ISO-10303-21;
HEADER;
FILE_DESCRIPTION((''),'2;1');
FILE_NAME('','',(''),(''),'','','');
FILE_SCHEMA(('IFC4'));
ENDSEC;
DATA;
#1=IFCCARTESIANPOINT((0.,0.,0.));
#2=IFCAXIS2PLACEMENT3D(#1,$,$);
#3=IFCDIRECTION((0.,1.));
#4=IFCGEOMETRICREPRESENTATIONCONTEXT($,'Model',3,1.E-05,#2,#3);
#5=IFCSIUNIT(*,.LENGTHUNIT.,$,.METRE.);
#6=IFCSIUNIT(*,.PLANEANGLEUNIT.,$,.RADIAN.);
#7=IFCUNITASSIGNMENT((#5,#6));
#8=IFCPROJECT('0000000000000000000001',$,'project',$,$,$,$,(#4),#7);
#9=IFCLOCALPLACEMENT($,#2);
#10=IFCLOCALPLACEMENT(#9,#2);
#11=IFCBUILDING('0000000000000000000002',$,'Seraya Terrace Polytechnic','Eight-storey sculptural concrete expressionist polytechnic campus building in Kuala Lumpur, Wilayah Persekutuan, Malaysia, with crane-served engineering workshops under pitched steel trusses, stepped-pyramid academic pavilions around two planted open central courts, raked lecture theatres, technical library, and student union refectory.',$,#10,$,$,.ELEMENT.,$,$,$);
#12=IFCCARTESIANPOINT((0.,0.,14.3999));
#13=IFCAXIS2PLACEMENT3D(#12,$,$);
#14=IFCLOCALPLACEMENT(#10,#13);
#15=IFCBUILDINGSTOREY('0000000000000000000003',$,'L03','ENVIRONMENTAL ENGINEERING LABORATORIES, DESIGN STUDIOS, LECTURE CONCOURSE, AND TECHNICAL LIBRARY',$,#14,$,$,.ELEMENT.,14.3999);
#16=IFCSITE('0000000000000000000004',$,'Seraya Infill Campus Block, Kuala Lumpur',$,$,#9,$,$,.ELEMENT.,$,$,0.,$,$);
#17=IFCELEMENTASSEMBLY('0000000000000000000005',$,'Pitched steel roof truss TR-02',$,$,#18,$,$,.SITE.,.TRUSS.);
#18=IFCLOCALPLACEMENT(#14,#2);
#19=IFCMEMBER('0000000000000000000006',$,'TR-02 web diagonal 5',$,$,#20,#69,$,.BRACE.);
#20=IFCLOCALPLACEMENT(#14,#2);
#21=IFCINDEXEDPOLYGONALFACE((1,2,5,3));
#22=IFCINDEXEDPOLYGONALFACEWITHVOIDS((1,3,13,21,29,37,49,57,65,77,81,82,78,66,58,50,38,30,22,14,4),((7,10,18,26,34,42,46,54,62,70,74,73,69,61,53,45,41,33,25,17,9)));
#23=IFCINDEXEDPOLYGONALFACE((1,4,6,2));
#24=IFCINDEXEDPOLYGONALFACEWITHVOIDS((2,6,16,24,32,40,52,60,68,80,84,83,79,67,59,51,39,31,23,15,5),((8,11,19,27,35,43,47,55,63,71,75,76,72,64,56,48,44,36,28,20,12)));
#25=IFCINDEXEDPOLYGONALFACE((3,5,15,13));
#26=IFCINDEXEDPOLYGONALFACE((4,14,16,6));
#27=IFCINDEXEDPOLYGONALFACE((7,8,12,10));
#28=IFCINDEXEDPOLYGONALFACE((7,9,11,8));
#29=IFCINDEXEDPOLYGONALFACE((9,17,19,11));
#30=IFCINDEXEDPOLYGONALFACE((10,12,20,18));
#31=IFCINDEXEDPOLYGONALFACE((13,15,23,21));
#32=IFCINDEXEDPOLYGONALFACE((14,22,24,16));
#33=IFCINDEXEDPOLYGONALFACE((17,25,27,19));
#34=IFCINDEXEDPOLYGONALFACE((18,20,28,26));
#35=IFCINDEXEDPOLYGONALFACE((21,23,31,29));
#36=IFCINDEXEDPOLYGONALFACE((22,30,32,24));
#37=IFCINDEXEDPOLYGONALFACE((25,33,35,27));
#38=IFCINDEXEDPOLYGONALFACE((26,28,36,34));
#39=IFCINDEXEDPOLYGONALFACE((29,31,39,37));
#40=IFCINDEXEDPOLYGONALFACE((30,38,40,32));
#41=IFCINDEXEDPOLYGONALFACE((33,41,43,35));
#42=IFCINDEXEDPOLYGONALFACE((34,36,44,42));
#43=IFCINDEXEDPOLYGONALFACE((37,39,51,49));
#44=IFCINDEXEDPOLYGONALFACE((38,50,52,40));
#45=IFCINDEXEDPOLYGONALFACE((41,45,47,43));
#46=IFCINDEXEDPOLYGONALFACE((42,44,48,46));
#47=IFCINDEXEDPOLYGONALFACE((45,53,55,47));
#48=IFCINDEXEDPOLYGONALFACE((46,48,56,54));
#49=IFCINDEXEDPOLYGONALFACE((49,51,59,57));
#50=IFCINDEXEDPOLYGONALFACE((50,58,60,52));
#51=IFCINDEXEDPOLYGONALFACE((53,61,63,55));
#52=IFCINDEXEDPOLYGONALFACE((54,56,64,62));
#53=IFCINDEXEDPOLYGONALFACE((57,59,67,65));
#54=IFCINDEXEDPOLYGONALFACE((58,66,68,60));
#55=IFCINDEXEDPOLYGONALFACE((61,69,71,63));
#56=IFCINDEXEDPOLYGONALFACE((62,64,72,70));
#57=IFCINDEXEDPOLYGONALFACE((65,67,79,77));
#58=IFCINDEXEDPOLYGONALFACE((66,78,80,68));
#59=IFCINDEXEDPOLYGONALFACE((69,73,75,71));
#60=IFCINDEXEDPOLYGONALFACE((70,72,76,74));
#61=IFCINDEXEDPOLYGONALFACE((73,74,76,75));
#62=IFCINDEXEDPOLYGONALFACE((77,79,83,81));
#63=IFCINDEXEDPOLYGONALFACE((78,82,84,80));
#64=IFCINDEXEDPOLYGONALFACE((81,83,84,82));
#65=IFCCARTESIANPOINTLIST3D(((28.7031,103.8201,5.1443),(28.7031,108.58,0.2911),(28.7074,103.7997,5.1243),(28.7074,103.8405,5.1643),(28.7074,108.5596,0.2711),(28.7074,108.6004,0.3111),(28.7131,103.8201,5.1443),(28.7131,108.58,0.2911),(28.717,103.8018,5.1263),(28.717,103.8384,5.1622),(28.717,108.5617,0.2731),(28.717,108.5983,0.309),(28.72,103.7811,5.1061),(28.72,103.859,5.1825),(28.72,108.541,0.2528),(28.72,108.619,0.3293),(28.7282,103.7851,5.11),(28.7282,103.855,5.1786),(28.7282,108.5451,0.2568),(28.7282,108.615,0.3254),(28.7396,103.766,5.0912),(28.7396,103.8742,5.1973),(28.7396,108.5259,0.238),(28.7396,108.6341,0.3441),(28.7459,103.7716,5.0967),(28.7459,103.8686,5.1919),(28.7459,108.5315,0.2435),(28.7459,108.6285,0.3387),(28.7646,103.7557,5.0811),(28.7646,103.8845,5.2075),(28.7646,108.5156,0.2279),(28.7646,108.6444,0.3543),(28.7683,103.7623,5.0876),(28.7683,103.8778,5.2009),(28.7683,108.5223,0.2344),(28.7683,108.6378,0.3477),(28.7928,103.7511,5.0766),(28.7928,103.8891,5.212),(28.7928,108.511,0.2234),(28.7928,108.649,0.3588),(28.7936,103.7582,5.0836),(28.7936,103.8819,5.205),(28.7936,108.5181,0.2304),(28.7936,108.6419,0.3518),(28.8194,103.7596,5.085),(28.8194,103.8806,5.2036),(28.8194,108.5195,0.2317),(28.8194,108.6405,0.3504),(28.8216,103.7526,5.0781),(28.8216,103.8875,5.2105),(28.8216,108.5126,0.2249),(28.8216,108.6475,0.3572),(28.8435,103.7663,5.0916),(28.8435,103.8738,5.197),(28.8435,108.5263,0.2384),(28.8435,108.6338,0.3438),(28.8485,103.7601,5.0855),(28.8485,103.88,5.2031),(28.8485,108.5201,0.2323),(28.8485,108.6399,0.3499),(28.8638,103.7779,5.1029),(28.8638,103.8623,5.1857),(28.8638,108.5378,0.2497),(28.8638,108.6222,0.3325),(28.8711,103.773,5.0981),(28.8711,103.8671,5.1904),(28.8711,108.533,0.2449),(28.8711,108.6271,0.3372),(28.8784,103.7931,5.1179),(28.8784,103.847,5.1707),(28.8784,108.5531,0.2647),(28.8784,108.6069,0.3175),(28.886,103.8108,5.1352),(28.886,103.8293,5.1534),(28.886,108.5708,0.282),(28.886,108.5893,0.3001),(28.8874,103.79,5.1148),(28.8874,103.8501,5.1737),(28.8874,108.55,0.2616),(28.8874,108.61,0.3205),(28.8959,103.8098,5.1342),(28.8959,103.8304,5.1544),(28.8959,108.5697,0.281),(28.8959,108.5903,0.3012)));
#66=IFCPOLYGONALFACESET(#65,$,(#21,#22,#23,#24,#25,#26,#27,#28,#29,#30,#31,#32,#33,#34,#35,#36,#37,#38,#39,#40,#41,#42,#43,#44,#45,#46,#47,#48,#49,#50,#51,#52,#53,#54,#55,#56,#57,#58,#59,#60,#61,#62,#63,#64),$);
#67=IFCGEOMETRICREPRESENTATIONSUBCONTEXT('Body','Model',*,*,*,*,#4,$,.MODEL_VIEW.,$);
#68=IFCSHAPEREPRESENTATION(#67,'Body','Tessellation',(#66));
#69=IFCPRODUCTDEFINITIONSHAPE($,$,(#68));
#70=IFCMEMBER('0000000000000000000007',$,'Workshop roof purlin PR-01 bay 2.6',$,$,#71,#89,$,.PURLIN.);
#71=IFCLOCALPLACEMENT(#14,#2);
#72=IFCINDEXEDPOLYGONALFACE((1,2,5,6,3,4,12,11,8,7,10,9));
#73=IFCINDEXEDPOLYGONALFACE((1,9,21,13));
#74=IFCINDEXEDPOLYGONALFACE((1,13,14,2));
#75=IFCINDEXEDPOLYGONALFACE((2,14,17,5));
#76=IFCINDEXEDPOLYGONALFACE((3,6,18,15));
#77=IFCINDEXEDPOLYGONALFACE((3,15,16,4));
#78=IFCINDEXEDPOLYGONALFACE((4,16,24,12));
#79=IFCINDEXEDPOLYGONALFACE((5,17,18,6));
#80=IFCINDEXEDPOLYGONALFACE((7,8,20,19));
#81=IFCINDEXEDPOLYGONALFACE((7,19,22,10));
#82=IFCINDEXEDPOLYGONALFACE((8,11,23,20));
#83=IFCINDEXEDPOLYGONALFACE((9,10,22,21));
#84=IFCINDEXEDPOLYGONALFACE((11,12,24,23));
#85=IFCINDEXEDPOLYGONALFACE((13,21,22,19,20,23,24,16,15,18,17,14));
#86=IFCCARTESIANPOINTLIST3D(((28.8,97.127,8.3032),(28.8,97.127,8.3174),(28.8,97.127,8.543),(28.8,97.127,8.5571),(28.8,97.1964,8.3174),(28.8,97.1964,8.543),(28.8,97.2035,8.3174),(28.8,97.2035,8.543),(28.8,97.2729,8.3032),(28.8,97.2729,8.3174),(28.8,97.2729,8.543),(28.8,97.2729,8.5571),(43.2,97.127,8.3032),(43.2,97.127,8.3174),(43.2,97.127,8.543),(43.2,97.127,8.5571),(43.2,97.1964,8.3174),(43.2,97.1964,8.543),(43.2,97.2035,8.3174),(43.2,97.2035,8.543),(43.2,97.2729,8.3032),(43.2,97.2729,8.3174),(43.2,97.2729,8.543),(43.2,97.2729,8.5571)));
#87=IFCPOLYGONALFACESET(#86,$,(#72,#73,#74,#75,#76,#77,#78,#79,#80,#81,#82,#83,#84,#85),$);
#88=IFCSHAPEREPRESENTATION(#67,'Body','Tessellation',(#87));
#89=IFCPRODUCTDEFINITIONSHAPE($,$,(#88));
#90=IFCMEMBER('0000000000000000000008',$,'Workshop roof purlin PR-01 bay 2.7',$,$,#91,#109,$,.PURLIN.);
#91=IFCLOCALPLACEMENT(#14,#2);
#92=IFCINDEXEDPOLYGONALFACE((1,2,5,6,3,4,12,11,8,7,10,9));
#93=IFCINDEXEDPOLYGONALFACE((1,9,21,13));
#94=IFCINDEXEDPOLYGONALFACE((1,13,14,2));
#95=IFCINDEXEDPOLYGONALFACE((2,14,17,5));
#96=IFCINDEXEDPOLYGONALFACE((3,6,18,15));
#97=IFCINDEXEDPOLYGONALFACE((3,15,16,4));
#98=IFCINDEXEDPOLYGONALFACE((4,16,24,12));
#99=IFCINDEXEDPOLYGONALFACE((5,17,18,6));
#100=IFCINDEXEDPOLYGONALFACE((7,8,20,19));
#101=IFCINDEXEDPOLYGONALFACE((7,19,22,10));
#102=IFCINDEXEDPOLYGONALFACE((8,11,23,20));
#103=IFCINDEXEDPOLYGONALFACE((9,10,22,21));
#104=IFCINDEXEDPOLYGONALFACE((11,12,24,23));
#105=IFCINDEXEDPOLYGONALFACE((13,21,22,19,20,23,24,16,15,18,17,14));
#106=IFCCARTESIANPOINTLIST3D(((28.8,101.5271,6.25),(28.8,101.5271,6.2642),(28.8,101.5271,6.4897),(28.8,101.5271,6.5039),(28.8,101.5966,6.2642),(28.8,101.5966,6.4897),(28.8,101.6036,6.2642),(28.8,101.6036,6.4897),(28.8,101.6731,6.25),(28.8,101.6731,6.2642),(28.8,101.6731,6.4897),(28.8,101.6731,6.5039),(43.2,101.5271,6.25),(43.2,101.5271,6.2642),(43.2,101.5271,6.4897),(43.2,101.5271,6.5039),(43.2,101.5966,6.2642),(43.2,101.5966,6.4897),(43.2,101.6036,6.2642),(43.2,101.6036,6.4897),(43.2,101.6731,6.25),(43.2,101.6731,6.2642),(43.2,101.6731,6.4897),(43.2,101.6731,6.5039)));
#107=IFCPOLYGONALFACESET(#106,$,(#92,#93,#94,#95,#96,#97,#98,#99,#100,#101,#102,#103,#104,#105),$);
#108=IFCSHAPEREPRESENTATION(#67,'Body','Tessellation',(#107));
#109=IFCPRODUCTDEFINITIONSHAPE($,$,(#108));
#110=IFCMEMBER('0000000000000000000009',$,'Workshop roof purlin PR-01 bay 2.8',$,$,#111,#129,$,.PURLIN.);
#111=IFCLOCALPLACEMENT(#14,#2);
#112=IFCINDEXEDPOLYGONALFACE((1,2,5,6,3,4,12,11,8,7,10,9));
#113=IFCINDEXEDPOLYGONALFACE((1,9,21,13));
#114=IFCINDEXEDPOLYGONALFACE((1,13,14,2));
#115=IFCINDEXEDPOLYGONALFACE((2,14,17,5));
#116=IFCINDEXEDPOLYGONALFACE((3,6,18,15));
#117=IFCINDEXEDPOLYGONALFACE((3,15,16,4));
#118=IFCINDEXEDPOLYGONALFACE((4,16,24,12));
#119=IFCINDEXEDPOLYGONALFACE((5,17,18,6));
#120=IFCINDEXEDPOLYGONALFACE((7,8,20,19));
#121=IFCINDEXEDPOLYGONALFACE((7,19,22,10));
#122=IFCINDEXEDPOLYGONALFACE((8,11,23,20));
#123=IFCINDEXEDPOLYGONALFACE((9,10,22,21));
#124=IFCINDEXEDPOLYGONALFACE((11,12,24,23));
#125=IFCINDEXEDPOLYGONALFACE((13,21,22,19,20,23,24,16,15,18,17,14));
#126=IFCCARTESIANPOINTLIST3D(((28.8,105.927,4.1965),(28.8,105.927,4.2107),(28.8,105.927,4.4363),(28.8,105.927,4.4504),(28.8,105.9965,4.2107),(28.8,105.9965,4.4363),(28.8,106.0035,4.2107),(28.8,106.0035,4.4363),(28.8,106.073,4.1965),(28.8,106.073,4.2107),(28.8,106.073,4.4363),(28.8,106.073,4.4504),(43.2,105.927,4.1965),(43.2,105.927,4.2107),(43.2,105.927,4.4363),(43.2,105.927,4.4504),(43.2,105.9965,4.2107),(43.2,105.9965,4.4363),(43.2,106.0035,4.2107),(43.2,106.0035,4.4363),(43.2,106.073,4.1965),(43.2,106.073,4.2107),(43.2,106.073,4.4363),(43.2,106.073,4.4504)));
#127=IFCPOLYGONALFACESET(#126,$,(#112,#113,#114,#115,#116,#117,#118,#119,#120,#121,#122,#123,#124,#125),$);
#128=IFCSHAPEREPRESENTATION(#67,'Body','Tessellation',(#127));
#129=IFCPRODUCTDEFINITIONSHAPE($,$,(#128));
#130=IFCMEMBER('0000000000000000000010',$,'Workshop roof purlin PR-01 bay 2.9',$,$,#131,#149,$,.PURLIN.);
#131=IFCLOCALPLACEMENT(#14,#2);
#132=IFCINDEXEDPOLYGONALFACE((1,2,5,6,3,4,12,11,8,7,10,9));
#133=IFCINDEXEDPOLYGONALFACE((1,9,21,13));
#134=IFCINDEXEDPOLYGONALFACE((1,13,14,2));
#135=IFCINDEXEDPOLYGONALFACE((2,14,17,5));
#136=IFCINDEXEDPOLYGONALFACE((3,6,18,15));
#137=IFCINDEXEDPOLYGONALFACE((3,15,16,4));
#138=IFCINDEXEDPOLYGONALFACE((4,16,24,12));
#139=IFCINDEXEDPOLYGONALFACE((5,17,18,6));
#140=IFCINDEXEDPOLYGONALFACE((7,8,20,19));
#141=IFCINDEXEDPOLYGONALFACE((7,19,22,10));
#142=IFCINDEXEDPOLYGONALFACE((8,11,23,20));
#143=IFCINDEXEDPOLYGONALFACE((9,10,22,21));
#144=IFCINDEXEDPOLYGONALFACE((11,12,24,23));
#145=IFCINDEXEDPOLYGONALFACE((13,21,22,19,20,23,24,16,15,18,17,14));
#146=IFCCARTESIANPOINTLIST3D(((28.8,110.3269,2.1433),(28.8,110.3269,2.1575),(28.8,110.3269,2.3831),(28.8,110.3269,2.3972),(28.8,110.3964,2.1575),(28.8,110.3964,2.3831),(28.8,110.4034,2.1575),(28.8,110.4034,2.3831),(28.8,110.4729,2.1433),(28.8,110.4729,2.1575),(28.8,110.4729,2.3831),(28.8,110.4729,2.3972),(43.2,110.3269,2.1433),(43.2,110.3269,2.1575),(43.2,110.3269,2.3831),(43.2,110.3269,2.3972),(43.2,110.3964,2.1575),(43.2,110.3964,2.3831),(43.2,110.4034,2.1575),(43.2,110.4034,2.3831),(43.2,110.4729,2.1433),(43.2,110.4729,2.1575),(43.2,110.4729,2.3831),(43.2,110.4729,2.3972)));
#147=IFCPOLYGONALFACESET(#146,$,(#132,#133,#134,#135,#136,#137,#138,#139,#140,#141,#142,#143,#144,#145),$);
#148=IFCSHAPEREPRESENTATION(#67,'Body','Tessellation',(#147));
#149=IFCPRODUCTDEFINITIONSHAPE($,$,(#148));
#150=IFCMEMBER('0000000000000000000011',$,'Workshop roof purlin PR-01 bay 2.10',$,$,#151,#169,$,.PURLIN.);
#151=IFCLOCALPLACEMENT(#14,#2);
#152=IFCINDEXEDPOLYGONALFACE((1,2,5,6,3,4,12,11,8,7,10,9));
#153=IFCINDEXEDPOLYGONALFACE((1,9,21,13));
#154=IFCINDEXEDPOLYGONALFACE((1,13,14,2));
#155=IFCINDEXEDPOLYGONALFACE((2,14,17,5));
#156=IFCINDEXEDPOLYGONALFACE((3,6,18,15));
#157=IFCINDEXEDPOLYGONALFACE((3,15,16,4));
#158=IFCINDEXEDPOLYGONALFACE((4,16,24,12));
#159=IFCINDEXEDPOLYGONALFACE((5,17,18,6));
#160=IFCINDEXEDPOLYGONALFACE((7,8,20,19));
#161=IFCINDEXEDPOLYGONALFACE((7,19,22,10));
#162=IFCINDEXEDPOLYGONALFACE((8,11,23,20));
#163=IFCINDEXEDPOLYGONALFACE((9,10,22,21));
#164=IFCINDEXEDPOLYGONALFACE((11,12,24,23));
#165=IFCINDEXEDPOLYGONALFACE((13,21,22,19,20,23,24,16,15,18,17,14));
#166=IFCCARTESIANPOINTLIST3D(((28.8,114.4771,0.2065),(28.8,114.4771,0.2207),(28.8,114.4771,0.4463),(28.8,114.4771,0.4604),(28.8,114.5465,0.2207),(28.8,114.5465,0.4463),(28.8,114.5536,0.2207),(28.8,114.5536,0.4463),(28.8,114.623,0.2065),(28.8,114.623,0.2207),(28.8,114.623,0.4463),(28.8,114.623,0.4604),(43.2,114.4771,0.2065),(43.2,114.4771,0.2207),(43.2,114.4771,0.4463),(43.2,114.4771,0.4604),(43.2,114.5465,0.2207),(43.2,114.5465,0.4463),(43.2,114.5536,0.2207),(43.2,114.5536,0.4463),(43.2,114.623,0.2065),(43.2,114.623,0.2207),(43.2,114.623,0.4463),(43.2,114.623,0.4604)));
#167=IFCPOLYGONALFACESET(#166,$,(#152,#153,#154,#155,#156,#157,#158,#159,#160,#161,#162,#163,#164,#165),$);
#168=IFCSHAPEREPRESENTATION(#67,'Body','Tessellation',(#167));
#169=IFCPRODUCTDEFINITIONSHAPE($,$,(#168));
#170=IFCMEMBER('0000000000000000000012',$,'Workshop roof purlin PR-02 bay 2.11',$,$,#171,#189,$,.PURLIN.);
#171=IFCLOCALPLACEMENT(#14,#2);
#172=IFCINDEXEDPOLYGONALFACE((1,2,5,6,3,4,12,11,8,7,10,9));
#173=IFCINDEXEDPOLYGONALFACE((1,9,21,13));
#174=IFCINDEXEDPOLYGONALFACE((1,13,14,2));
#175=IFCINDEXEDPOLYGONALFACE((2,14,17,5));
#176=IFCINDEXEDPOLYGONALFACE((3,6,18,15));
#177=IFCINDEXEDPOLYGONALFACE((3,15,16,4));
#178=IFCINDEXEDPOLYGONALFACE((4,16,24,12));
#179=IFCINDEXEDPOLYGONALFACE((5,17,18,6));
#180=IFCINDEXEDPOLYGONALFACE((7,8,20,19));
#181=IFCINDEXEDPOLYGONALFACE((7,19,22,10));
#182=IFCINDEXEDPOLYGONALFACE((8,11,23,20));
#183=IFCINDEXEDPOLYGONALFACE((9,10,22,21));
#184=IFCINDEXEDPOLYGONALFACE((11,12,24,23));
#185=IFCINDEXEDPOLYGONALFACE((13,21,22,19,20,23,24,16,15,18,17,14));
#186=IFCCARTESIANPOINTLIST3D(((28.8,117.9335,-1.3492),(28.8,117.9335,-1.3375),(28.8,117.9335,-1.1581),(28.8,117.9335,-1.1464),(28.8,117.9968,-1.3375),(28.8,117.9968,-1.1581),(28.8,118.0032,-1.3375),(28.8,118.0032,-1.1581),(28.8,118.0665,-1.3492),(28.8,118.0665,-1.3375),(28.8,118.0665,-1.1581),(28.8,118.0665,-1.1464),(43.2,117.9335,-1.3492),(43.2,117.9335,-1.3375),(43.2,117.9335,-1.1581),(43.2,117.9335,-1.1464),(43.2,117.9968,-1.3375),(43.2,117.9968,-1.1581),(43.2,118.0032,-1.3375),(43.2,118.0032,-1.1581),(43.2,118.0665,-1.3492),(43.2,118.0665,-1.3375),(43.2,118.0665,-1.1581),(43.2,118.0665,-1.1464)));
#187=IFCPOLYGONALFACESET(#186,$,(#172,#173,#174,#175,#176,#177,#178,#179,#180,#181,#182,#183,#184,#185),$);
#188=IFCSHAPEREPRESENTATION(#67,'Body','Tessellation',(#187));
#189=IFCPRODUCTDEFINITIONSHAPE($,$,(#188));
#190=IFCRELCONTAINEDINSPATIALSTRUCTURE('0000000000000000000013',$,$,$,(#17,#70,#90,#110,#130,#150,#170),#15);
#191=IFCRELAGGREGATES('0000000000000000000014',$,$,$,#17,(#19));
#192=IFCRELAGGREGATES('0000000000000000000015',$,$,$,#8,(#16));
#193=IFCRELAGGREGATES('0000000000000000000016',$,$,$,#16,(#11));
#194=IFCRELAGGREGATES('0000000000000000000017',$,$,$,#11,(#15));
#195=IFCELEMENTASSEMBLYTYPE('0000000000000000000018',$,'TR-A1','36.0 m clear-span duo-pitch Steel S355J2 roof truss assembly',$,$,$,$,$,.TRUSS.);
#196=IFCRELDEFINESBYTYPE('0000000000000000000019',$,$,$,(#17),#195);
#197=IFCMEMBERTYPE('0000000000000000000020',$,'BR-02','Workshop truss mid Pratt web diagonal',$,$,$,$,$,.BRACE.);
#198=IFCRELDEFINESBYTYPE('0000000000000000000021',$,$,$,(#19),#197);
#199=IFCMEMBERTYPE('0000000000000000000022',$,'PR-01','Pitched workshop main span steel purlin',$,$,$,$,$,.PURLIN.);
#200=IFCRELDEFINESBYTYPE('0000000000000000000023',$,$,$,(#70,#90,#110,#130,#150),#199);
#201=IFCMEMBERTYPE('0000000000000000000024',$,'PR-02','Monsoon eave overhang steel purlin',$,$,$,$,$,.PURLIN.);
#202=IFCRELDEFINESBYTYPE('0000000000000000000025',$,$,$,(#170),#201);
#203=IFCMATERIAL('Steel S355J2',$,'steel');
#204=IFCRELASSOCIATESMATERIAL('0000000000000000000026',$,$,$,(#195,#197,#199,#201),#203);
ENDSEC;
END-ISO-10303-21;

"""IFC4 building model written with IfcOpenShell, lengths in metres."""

from ifc_helpers import new_model, si_unit, direction, frame, origin, origin_2d, place, context, subcontext, project, spatial, hollow_circle, i_section, extrude, material, material_profile, profile_set, type_object, element, aggregate, save


model = new_model("IFC4")

# Units and contexts
model_context = context("Model", 3, precision=1e-05, world=origin(), true_north=direction((0.0, 1.0)))
body_context = subcontext(model_context, "Body", "Model", "MODEL_VIEW")
ifc_project = project(units=[si_unit("LENGTHUNIT", "METRE"), si_unit("PLANEANGLEUNIT", "RADIAN")], contexts=[model_context])

# Site, building, storey
site_placement = place(None, origin())
site = spatial("IfcSite", under=ifc_project, at=site_placement, Name="Seraya Infill Campus Block, Kuala Lumpur", CompositionType="ELEMENT", RefElevation=0.0)
building_placement = place(site_placement, origin())
building = spatial("IfcBuilding", under=site, at=building_placement, Name="Seraya Terrace Polytechnic", Description="Eight-storey sculptural concrete expressionist polytechnic campus building in Kuala Lumpur, Wilayah Persekutuan, Malaysia, with crane-served engineering workshops under pitched steel trusses, stepped-pyramid academic pavilions around two planted open central courts, raked lecture theatres, technical library, and student union refectory.", CompositionType="ELEMENT")
storey_placement = place(building_placement, frame((0.0, 0.0, 14.3999)))
storey = spatial("IfcBuildingStorey", under=building, at=storey_placement, Name="L03", Description="ENVIRONMENTAL ENGINEERING LABORATORIES, DESIGN STUDIOS, LECTURE CONCOURSE, AND TECHNICAL LIBRARY", CompositionType="ELEMENT", Elevation=14.3999)

# Element assembly, member
ifc_material_1 = material(Name="Steel S355J2", Category="steel")
element_assembly_type = type_object("IfcElementAssemblyType", Name="TR-A1", Description="36.0 m clear-span duo-pitch Steel S355J2 roof truss assembly", PredefinedType="TRUSS", material=ifc_material_1)
assembly_placement = place(storey_placement, origin())
assembly = element("IfcElementAssembly", 1, at=assembly_placement, inside=storey, type_object=element_assembly_type, Name="Pitched steel roof truss TR-02", AssemblyPlace="SITE", PredefinedType="TRUSS")
ifc_material_profile_1 = material_profile(ifc_material_1, hollow_circle(Radius=0.0969, WallThickness=0.01, at=origin_2d()), Name="CHS 193.7x10.0")
ifc_profile_set_1 = profile_set([ifc_material_profile_1], Name="Steel S355J2")
member_type_1 = type_object("IfcMemberType", Name="BR-02", Description="Workshop truss mid Pratt web diagonal", PredefinedType="BRACE", material=ifc_profile_set_1)
member_1_placement = place(storey_placement, frame((28.8, 103.8201, 5.1443), z_axis=(0.0, 0.700214, -0.713933), x_axis=(-1.0, 0.0, 0.0)))
member_1 = element("IfcMember", 2, at=member_1_placement, type_object=member_type_1, Name="TR-02 web diagonal 5", PredefinedType="BRACE", context=body_context, shape_type="SweptSolid", body=[
    extrude(hollow_circle(Radius=0.0969, WallThickness=0.01, at=origin_2d()), origin(), (0.0, 0.0, 1.0), 6.7979),
])

# Members
ifc_material_profile_2 = material_profile(ifc_material_1, i_section(OverallWidth=0.146, OverallDepth=0.2539, WebThickness=0.0071, FlangeThickness=0.0142, at=origin_2d()), Name="UKB 254x146x7.2x14.2")
ifc_profile_set_2 = profile_set([ifc_material_profile_2], Name="Steel S355J2")
member_type_2 = type_object("IfcMemberType", Name="PR-01", Description="Pitched workshop main span steel purlin", PredefinedType="PURLIN", material=ifc_profile_set_2)
for number, where, z_axis, x_axis, name in (
    (3, (28.8, 97.2, 8.4302), (1.0, 0.0, 0.0), (0.0, 1.0, 0.0), "Workshop roof purlin PR-01 bay 2.6"),
    (4, (28.8, 101.6001, 6.377), (1.0, 0.0, 0.0), (0.0, 1.0, 0.0), "Workshop roof purlin PR-01 bay 2.7"),
    (5, (28.8, 106.0, 4.3235), (1.0, 0.0, 0.0), (0.0, 1.0, 0.0), "Workshop roof purlin PR-01 bay 2.8"),
    (6, (28.8, 110.3999, 2.2703), (1.0, 0.0, 0.0), (0.0, 1.0, 0.0), "Workshop roof purlin PR-01 bay 2.9"),
    (7, (28.8, 114.55, 0.3335), (1.0, 0.0, 0.0), (0.0, 1.0, 0.0), "Workshop roof purlin PR-01 bay 2.10"),
):
    element("IfcMember", number, at=place(storey_placement, frame(where, z_axis=z_axis, x_axis=x_axis)), inside=storey, type_object=member_type_2, Name=name, PredefinedType="PURLIN", context=body_context, shape_type="SweptSolid", body=[
        extrude(i_section(OverallWidth=0.146, OverallDepth=0.2539, WebThickness=0.0071, FlangeThickness=0.0142, at=origin_2d()), origin(), (0.0, 0.0, 1.0), 14.3999),
    ])
ifc_material_profile_3 = material_profile(ifc_material_1, i_section(OverallWidth=0.1331, OverallDepth=0.2029, WebThickness=0.0063, FlangeThickness=0.0117, at=origin_2d()), Name="UKB 203x133x6.4x11.8")
ifc_profile_set_3 = profile_set([ifc_material_profile_3], Name="Steel S355J2")
member_type_3 = type_object("IfcMemberType", Name="PR-02", Description="Monsoon eave overhang steel purlin", PredefinedType="PURLIN", material=ifc_profile_set_3)
member_2_placement = place(storey_placement, frame((28.8, 118.0, -1.2478), z_axis=(1.0, 0.0, 0.0), x_axis=(0.0, 1.0, 0.0)))
element("IfcMember", 8, at=member_2_placement, inside=storey, type_object=member_type_3, Name="Workshop roof purlin PR-02 bay 2.11", PredefinedType="PURLIN", context=body_context, shape_type="SweptSolid", body=[
    extrude(i_section(OverallWidth=0.1331, OverallDepth=0.2029, WebThickness=0.0063, FlangeThickness=0.0117, at=origin_2d()), origin(), (0.0, 0.0, 1.0), 14.3999),
])

aggregate(assembly, [member_1])

save(model, "model.ifc")
